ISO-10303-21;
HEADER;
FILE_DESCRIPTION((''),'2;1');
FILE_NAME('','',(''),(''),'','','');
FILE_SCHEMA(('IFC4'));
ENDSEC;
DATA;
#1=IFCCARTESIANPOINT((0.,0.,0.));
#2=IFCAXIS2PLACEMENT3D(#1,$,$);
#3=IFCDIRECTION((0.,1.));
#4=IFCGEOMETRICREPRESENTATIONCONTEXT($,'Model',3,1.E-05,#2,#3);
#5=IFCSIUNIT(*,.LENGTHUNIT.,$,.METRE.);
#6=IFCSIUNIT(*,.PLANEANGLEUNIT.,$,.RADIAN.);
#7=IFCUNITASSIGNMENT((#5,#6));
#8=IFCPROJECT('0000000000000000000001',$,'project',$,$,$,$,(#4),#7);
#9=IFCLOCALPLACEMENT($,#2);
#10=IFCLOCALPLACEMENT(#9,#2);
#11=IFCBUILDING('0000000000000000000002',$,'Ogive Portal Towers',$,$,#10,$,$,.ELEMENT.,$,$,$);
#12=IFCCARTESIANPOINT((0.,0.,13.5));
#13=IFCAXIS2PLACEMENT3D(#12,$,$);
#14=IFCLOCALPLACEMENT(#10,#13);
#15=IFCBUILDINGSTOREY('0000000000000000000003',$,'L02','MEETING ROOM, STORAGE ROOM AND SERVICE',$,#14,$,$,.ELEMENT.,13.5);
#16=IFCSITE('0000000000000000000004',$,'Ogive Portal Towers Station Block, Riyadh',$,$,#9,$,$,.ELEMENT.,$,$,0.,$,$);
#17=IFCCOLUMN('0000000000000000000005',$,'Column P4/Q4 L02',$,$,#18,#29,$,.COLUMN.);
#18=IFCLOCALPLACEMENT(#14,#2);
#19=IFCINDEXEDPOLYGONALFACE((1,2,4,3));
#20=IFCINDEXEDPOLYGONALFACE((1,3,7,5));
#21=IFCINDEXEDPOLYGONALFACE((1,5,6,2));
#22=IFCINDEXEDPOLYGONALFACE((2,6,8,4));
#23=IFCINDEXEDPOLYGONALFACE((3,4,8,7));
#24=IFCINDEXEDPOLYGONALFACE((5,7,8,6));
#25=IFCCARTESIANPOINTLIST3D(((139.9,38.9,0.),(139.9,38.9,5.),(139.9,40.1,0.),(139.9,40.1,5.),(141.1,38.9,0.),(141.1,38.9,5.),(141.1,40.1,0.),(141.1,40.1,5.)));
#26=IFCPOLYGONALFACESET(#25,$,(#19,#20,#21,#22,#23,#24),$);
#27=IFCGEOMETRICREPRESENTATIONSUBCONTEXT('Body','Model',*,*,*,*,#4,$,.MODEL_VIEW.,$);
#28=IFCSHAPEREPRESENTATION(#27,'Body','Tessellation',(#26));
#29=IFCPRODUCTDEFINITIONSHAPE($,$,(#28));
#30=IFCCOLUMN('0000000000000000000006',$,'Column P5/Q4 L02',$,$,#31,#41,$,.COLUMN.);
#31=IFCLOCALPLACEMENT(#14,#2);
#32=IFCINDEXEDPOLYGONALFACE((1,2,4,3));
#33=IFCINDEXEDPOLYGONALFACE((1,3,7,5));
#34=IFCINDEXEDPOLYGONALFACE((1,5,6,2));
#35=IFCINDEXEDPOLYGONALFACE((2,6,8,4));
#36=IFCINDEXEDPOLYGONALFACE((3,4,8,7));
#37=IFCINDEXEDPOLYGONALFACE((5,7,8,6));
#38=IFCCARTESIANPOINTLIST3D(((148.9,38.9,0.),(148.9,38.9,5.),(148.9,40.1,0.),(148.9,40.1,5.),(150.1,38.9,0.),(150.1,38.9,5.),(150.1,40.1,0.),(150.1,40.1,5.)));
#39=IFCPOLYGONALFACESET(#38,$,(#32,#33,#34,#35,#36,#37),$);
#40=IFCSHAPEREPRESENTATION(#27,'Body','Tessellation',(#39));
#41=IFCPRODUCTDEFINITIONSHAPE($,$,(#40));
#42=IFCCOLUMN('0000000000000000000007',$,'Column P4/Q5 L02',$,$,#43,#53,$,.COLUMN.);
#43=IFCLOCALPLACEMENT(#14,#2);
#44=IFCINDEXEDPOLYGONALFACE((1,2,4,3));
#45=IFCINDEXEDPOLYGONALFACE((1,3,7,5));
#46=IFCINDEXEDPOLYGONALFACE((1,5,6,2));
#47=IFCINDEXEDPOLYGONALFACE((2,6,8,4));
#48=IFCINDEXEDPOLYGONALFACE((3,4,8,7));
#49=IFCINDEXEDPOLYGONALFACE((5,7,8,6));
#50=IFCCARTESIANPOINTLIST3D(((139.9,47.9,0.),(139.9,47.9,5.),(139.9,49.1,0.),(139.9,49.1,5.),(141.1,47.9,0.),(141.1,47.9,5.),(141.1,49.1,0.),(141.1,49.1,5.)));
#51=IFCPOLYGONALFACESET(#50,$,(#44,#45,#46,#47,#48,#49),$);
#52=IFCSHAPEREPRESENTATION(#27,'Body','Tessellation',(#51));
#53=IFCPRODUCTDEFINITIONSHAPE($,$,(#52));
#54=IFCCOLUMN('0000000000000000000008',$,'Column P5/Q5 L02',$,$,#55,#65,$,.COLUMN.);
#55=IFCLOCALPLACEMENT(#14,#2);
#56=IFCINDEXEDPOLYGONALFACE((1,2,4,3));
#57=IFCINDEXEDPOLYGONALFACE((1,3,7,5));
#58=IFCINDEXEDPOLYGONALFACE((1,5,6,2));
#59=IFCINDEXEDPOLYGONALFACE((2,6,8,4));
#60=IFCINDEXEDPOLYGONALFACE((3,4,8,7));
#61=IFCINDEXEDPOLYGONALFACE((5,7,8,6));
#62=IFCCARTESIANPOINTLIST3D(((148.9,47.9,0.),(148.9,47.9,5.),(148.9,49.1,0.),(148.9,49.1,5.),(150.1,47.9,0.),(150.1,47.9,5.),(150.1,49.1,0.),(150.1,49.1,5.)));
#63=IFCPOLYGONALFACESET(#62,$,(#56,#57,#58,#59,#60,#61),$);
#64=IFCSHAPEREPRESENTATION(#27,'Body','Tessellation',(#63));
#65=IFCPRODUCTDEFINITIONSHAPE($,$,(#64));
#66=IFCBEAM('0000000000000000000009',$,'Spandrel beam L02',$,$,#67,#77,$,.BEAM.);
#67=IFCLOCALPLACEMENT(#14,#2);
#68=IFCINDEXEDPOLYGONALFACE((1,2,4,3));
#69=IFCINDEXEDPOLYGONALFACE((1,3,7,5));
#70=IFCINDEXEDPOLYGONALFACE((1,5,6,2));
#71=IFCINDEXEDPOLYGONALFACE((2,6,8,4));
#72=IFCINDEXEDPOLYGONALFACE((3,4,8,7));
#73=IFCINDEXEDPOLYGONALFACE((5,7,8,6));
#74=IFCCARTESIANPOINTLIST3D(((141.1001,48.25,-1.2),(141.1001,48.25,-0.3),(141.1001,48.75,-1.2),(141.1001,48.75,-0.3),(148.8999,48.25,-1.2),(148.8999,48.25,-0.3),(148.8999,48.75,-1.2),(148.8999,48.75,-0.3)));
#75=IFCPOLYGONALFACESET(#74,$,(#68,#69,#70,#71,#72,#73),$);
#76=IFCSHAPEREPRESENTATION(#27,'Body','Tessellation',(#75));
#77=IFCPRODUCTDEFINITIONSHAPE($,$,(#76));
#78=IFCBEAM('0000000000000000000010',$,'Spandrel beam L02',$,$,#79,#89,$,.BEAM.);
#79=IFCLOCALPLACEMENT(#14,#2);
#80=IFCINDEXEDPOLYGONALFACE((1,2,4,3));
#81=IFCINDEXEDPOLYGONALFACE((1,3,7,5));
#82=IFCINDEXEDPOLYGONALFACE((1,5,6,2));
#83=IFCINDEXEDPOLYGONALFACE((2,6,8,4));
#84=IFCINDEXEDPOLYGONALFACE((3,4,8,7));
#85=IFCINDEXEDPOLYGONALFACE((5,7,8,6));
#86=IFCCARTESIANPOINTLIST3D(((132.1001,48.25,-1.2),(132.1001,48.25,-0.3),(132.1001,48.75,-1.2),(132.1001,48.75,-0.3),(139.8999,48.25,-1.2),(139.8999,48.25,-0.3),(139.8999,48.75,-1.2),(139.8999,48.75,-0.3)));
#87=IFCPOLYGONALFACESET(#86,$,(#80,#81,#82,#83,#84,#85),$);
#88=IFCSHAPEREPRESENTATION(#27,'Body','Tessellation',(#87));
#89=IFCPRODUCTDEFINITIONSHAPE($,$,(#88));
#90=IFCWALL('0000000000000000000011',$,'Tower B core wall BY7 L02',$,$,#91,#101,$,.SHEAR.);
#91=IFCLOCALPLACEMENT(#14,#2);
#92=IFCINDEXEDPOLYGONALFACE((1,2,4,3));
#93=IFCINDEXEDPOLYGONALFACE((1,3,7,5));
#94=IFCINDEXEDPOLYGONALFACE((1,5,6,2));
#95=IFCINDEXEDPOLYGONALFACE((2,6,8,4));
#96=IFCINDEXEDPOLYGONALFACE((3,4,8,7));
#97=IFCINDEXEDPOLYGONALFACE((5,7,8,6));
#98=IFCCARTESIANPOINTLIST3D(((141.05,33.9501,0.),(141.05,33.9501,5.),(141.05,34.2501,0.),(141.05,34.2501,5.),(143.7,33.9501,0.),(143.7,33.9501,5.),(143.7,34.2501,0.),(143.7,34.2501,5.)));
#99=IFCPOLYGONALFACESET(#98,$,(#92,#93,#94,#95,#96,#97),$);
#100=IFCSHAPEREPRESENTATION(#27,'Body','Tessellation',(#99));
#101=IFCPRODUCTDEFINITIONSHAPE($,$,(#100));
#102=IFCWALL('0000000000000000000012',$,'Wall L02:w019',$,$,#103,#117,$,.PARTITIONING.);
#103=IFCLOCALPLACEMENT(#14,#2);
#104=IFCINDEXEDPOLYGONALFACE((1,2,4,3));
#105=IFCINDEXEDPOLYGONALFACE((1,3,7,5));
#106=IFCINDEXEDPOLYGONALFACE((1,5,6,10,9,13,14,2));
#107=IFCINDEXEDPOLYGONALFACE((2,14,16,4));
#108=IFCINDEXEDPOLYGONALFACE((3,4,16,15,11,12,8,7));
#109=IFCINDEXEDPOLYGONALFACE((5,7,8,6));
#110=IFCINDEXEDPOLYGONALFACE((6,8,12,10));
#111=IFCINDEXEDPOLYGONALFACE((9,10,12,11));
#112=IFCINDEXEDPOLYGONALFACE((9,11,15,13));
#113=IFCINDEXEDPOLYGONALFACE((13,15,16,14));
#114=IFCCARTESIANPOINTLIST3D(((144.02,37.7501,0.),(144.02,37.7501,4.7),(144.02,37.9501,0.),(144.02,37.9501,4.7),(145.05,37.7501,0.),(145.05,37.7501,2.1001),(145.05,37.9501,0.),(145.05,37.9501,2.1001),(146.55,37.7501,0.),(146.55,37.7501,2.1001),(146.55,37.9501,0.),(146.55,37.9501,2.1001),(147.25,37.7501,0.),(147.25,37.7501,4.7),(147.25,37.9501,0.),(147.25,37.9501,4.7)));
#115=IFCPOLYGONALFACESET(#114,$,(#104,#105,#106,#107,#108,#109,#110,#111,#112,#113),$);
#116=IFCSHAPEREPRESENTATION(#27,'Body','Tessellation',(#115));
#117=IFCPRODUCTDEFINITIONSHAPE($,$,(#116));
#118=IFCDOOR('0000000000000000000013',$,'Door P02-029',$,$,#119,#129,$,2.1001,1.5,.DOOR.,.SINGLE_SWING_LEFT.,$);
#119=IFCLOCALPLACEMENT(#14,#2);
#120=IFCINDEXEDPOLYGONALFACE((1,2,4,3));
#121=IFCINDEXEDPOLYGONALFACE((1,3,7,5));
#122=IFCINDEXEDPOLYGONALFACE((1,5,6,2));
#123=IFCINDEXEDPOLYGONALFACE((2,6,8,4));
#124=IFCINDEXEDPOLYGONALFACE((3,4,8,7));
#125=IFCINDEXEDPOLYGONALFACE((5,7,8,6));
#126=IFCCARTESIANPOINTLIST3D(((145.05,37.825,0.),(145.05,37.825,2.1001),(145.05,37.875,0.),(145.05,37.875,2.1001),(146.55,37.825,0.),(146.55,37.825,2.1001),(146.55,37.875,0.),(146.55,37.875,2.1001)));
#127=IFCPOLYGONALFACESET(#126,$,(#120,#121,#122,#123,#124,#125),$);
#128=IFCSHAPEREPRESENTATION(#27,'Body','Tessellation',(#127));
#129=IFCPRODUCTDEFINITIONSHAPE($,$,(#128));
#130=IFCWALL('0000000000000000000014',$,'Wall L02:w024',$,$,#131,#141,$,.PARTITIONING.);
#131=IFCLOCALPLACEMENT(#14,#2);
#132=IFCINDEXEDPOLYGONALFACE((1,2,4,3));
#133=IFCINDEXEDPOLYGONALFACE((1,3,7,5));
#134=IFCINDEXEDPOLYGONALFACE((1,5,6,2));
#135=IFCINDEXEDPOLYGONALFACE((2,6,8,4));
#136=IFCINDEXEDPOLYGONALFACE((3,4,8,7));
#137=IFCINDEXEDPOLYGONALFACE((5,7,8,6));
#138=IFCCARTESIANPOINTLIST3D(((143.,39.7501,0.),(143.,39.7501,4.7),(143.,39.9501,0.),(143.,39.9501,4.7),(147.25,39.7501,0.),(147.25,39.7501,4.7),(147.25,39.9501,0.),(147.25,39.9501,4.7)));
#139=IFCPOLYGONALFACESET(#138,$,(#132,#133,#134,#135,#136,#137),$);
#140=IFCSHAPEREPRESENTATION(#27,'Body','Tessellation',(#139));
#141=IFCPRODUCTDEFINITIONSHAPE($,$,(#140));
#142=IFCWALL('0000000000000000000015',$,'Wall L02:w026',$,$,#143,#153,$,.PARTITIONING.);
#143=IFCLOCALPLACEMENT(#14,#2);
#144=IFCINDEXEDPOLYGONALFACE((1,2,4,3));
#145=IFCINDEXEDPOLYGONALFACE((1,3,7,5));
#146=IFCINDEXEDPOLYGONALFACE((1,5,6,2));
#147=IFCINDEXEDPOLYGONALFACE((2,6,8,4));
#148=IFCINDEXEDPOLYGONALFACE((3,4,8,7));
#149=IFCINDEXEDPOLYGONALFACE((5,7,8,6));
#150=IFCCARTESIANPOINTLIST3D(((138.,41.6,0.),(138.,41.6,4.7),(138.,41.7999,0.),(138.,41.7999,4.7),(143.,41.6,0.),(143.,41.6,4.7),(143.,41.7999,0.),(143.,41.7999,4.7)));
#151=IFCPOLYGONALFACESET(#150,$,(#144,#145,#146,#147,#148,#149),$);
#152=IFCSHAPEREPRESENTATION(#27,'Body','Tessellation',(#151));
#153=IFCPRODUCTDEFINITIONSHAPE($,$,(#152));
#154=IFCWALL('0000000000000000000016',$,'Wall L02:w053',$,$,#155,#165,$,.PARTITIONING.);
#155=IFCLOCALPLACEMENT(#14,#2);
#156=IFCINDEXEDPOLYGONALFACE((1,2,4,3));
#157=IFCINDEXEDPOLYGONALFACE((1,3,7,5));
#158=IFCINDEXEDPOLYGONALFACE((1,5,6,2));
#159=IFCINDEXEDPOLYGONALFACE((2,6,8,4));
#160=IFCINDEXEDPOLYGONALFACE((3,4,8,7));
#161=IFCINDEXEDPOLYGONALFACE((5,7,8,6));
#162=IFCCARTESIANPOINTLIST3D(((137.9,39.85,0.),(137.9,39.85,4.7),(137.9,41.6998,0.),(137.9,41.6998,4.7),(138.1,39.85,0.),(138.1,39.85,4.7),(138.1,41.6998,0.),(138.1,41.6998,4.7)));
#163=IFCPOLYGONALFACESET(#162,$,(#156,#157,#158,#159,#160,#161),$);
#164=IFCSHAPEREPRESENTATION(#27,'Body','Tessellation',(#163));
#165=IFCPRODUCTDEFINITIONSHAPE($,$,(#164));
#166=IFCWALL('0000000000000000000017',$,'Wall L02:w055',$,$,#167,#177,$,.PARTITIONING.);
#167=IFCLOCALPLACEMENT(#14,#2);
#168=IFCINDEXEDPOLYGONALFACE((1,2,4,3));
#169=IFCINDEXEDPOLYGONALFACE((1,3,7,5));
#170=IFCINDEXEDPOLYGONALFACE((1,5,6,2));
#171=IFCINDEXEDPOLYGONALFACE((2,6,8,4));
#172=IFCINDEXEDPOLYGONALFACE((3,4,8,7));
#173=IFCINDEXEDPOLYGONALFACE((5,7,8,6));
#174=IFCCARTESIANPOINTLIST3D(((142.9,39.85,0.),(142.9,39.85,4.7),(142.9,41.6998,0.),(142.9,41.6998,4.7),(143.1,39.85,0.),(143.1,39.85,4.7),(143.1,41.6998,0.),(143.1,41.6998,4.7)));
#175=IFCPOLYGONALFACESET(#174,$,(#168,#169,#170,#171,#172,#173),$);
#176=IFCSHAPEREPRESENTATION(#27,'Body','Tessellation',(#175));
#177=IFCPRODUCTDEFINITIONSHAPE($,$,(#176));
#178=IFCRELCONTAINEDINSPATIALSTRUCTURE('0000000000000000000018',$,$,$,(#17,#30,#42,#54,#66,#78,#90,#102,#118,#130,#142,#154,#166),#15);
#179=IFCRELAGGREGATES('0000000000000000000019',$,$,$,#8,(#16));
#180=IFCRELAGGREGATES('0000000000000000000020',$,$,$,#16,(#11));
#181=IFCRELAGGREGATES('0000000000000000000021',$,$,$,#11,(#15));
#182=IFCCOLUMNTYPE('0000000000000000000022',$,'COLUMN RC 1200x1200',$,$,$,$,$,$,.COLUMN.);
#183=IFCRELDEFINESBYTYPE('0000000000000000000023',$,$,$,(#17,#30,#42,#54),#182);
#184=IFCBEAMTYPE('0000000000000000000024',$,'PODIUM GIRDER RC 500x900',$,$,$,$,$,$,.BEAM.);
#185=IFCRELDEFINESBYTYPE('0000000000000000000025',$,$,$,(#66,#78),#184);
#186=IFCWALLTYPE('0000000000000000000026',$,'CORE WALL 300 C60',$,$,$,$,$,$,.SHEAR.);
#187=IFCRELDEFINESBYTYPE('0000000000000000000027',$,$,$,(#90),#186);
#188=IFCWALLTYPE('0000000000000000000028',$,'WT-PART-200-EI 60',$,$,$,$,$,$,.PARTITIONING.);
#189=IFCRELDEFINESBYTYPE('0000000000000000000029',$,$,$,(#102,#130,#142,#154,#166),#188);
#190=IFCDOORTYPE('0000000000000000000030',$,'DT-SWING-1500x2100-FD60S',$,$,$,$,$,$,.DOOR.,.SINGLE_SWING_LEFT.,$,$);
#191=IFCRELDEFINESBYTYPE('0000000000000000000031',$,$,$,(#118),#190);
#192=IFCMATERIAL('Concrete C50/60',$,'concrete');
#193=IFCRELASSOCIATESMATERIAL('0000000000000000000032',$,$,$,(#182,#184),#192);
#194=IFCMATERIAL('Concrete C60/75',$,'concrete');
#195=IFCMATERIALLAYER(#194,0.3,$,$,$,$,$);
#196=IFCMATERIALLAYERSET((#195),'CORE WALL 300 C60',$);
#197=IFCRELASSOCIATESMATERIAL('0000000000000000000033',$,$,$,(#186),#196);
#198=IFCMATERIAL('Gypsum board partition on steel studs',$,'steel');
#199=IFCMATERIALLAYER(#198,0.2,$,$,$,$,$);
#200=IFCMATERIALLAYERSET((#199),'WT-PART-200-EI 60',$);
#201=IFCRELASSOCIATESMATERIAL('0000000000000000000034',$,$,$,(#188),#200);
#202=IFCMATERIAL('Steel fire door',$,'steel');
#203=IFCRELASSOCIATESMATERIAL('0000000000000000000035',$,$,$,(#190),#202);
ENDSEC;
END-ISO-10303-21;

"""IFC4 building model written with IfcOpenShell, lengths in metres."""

from ifc_helpers import new_model, si_unit, direction, frame, frame_2d, origin, origin_2d, place, context, subcontext, project, spatial, rectangle, extrude, material, layer, layer_set, material_profile, profile_set, type_object, element, fill, save


model = new_model("IFC4")

# Units and contexts
model_context = context("Model", 3, precision=1e-05, world=origin(), true_north=direction((0.0, 1.0)))
body_context = subcontext(model_context, "Body", "Model", "MODEL_VIEW")
ifc_project = project(units=[si_unit("LENGTHUNIT", "METRE"), si_unit("PLANEANGLEUNIT", "RADIAN")], contexts=[model_context])

# Site, building, storey
site_placement = place(None, origin())
site = spatial("IfcSite", under=ifc_project, at=site_placement, Name="Ogive Portal Towers Station Block, Riyadh", CompositionType="ELEMENT", RefElevation=0.0)
building_placement = place(site_placement, origin())
building = spatial("IfcBuilding", under=site, at=building_placement, Name="Ogive Portal Towers", CompositionType="ELEMENT")
storey_placement = place(building_placement, frame((0.0, 0.0, 13.5)))
storey = spatial("IfcBuildingStorey", under=building, at=storey_placement, Name="L02", Description="MEETING ROOM, STORAGE ROOM AND SERVICE", CompositionType="ELEMENT", Elevation=13.5)

# Columns
ifc_material_1 = material(Name="Concrete C50/60", Category="concrete")
ifc_material_profile_1 = material_profile(ifc_material_1, rectangle(XDim=1.2, YDim=1.2, at=origin_2d()), Name="RC 1200x1200")
ifc_profile_set_1 = profile_set([ifc_material_profile_1], Name="Concrete C50/60")
column_type = type_object("IfcColumnType", Name="COLUMN RC 1200x1200", PredefinedType="COLUMN", material=ifc_profile_set_1)
for number, where, z_axis, x_axis, name in (
    (1, (140.5, 39.5, 0.0), (0.0, 0.0, 1.0), (1.0, 0.0, 0.0), "Column P4/Q4 L02"),
    (2, (149.5, 39.5, 0.0), (0.0, 0.0, 1.0), (1.0, 0.0, 0.0), "Column P5/Q4 L02"),
    (3, (140.5, 48.5, 0.0), (0.0, 0.0, 1.0), (1.0, 0.0, 0.0), "Column P4/Q5 L02"),
    (4, (149.5, 48.5, 0.0), (0.0, 0.0, 1.0), (1.0, 0.0, 0.0), "Column P5/Q5 L02"),
):
    element("IfcColumn", number, at=place(storey_placement, frame(where, z_axis=z_axis, x_axis=x_axis)), inside=storey, type_object=column_type, Name=name, PredefinedType="COLUMN", context=body_context, shape_type="SweptSolid", body=[
        extrude(rectangle(XDim=1.2, YDim=1.2, at=origin_2d()), origin(), (0.0, 0.0, 1.0), 5.0),
    ])

# Beams
ifc_material_profile_2 = material_profile(ifc_material_1, rectangle(XDim=0.5, YDim=0.8999, at=origin_2d()), Name="RC 500x900")
ifc_profile_set_2 = profile_set([ifc_material_profile_2], Name="Concrete C50/60")
beam_type = type_object("IfcBeamType", Name="PODIUM GIRDER RC 500x900", PredefinedType="BEAM", material=ifc_profile_set_2)
for number, where, z_axis, x_axis, name in (
    (5, (148.8999, 48.5, -0.75), (-1.0, 0.0, 0.0), (0.0, -1.0, 0.0), "Spandrel beam L02"),
    (6, (139.8999, 48.5, -0.75), (-1.0, 0.0, 0.0), (0.0, -1.0, 0.0), "Spandrel beam L02"),
):
    element("IfcBeam", number, at=place(storey_placement, frame(where, z_axis=z_axis, x_axis=x_axis)), inside=storey, type_object=beam_type, Name=name, PredefinedType="BEAM", context=body_context, shape_type="SweptSolid", body=[
        extrude(rectangle(XDim=0.5, YDim=0.8999, at=origin_2d()), origin(), (0.0, 0.0, 1.0), 7.7998),
    ])

# Wall
ifc_material_2 = material(Name="Concrete C60/75", Category="concrete")
ifc_layer_1 = layer(ifc_material_2, 0.3)
ifc_layer_set_1 = layer_set([ifc_layer_1], Name="CORE WALL 300 C60")
wall_type_1 = type_object("IfcWallType", Name="CORE WALL 300 C60", PredefinedType="SHEAR", material=ifc_layer_set_1)
wall_1_placement = place(storey_placement, frame((141.05, 34.1001, 0.0), z_axis=(0.0, 0.0, 1.0), x_axis=(1.0, 0.0, 0.0)))
element("IfcWall", 7, at=wall_1_placement, inside=storey, type_object=wall_type_1, Name="Tower B core wall BY7 L02", PredefinedType="SHEAR", context=body_context, shape_type="SweptSolid", body=[
    extrude(rectangle(XDim=2.6499, YDim=0.3, at=frame_2d((1.325, 0.0))), origin(), (0.0, 0.0, 1.0), 5.0),
])

# Wall, opening, door
ifc_material_3 = material(Name="Gypsum board partition on steel studs", Category="steel")
ifc_layer_2 = layer(ifc_material_3, 0.2)
ifc_layer_set_2 = layer_set([ifc_layer_2], Name="WT-PART-200-EI 60")
wall_type_2 = type_object("IfcWallType", Name="WT-PART-200-EI 60", PredefinedType="PARTITIONING", material=ifc_layer_set_2)
wall_2_placement = place(storey_placement, frame((144.02, 37.8501, 0.0), z_axis=(0.0, 0.0, 1.0), x_axis=(1.0, 0.0, 0.0)))
wall_2 = element("IfcWall", 8, at=wall_2_placement, inside=storey, type_object=wall_type_2, Name="Wall L02:w019", PredefinedType="PARTITIONING", context=body_context, shape_type="SweptSolid", body=[
    extrude(rectangle(XDim=3.23, YDim=0.2, at=frame_2d((1.615, 0.0))), origin(), (0.0, 0.0, 1.0), 4.7),
])
opening_placement = place(wall_2_placement, frame((1.03, 0.0, 0.0)))
opening = element("IfcOpeningElement", 9, at=opening_placement, cuts=wall_2, PredefinedType="OPENING", context=body_context, shape_type="SweptSolid", body=[
    extrude(rectangle(XDim=1.5, YDim=2.1001, at=frame_2d((0.75, 1.05))), frame((0.0, 0.1099, 0.0), z_axis=(0.0, -1.0, 0.0), x_axis=(1.0, 0.0, 0.0)), (0.0, 0.0, 1.0), 0.22),
])
ifc_material_4 = material(Name="Steel fire door", Category="steel")
door_type = type_object("IfcDoorType", Name="DT-SWING-1500x2100-FD60S", OperationType="SINGLE_SWING_LEFT", PredefinedType="DOOR", material=ifc_material_4)
door_placement = place(opening_placement, origin())
door = element("IfcDoor", 10, at=door_placement, inside=storey, type_object=door_type, Name="Door P02-029", OperationType="SINGLE_SWING_LEFT", OverallHeight=2.1001, OverallWidth=1.5, PredefinedType="DOOR", context=body_context, shape_type="SweptSolid", body=[
    extrude(rectangle(XDim=1.5, YDim=2.1001, at=frame_2d((0.75, 1.05))), frame((0.0, 0.0249, 0.0), z_axis=(0.0, -1.0, 0.0), x_axis=(1.0, 0.0, 0.0)), (0.0, 0.0, 1.0), 0.05),
])
fill(opening, door)

# Walls
wall_3_placement = place(storey_placement, frame((143.0, 39.8501, 0.0), z_axis=(0.0, 0.0, 1.0), x_axis=(1.0, 0.0, 0.0)))
element("IfcWall", 11, at=wall_3_placement, inside=storey, type_object=wall_type_2, Name="Wall L02:w024", PredefinedType="PARTITIONING", context=body_context, shape_type="SweptSolid", body=[
    extrude(rectangle(XDim=4.25, YDim=0.2, at=frame_2d((2.125, 0.0))), origin(), (0.0, 0.0, 1.0), 4.7),
])
wall_4_placement = place(storey_placement, frame((138.0, 41.7, 0.0), z_axis=(0.0, 0.0, 1.0), x_axis=(1.0, 0.0, 0.0)))
element("IfcWall", 12, at=wall_4_placement, inside=storey, type_object=wall_type_2, Name="Wall L02:w026", PredefinedType="PARTITIONING", context=body_context, shape_type="SweptSolid", body=[
    extrude(rectangle(XDim=5.0, YDim=0.2, at=frame_2d((2.5, 0.0))), origin(), (0.0, 0.0, 1.0), 4.7),
])
for number, where, z_axis, x_axis, name in (
    (13, (138.0, 39.8501, 0.0), (0.0, 0.0, 1.0), (0.0, 1.0, 0.0), "Wall L02:w053"),
    (14, (143.0, 39.8501, 0.0), (0.0, 0.0, 1.0), (0.0, 1.0, 0.0), "Wall L02:w055"),
):
    element("IfcWall", number, at=place(storey_placement, frame(where, z_axis=z_axis, x_axis=x_axis)), inside=storey, type_object=wall_type_2, Name=name, PredefinedType="PARTITIONING", context=body_context, shape_type="SweptSolid", body=[
        extrude(rectangle(XDim=1.8499, YDim=0.2, at=frame_2d((0.9248, 0.0))), origin(), (0.0, 0.0, 1.0), 4.7),
    ])

save(model, "model.ifc")
